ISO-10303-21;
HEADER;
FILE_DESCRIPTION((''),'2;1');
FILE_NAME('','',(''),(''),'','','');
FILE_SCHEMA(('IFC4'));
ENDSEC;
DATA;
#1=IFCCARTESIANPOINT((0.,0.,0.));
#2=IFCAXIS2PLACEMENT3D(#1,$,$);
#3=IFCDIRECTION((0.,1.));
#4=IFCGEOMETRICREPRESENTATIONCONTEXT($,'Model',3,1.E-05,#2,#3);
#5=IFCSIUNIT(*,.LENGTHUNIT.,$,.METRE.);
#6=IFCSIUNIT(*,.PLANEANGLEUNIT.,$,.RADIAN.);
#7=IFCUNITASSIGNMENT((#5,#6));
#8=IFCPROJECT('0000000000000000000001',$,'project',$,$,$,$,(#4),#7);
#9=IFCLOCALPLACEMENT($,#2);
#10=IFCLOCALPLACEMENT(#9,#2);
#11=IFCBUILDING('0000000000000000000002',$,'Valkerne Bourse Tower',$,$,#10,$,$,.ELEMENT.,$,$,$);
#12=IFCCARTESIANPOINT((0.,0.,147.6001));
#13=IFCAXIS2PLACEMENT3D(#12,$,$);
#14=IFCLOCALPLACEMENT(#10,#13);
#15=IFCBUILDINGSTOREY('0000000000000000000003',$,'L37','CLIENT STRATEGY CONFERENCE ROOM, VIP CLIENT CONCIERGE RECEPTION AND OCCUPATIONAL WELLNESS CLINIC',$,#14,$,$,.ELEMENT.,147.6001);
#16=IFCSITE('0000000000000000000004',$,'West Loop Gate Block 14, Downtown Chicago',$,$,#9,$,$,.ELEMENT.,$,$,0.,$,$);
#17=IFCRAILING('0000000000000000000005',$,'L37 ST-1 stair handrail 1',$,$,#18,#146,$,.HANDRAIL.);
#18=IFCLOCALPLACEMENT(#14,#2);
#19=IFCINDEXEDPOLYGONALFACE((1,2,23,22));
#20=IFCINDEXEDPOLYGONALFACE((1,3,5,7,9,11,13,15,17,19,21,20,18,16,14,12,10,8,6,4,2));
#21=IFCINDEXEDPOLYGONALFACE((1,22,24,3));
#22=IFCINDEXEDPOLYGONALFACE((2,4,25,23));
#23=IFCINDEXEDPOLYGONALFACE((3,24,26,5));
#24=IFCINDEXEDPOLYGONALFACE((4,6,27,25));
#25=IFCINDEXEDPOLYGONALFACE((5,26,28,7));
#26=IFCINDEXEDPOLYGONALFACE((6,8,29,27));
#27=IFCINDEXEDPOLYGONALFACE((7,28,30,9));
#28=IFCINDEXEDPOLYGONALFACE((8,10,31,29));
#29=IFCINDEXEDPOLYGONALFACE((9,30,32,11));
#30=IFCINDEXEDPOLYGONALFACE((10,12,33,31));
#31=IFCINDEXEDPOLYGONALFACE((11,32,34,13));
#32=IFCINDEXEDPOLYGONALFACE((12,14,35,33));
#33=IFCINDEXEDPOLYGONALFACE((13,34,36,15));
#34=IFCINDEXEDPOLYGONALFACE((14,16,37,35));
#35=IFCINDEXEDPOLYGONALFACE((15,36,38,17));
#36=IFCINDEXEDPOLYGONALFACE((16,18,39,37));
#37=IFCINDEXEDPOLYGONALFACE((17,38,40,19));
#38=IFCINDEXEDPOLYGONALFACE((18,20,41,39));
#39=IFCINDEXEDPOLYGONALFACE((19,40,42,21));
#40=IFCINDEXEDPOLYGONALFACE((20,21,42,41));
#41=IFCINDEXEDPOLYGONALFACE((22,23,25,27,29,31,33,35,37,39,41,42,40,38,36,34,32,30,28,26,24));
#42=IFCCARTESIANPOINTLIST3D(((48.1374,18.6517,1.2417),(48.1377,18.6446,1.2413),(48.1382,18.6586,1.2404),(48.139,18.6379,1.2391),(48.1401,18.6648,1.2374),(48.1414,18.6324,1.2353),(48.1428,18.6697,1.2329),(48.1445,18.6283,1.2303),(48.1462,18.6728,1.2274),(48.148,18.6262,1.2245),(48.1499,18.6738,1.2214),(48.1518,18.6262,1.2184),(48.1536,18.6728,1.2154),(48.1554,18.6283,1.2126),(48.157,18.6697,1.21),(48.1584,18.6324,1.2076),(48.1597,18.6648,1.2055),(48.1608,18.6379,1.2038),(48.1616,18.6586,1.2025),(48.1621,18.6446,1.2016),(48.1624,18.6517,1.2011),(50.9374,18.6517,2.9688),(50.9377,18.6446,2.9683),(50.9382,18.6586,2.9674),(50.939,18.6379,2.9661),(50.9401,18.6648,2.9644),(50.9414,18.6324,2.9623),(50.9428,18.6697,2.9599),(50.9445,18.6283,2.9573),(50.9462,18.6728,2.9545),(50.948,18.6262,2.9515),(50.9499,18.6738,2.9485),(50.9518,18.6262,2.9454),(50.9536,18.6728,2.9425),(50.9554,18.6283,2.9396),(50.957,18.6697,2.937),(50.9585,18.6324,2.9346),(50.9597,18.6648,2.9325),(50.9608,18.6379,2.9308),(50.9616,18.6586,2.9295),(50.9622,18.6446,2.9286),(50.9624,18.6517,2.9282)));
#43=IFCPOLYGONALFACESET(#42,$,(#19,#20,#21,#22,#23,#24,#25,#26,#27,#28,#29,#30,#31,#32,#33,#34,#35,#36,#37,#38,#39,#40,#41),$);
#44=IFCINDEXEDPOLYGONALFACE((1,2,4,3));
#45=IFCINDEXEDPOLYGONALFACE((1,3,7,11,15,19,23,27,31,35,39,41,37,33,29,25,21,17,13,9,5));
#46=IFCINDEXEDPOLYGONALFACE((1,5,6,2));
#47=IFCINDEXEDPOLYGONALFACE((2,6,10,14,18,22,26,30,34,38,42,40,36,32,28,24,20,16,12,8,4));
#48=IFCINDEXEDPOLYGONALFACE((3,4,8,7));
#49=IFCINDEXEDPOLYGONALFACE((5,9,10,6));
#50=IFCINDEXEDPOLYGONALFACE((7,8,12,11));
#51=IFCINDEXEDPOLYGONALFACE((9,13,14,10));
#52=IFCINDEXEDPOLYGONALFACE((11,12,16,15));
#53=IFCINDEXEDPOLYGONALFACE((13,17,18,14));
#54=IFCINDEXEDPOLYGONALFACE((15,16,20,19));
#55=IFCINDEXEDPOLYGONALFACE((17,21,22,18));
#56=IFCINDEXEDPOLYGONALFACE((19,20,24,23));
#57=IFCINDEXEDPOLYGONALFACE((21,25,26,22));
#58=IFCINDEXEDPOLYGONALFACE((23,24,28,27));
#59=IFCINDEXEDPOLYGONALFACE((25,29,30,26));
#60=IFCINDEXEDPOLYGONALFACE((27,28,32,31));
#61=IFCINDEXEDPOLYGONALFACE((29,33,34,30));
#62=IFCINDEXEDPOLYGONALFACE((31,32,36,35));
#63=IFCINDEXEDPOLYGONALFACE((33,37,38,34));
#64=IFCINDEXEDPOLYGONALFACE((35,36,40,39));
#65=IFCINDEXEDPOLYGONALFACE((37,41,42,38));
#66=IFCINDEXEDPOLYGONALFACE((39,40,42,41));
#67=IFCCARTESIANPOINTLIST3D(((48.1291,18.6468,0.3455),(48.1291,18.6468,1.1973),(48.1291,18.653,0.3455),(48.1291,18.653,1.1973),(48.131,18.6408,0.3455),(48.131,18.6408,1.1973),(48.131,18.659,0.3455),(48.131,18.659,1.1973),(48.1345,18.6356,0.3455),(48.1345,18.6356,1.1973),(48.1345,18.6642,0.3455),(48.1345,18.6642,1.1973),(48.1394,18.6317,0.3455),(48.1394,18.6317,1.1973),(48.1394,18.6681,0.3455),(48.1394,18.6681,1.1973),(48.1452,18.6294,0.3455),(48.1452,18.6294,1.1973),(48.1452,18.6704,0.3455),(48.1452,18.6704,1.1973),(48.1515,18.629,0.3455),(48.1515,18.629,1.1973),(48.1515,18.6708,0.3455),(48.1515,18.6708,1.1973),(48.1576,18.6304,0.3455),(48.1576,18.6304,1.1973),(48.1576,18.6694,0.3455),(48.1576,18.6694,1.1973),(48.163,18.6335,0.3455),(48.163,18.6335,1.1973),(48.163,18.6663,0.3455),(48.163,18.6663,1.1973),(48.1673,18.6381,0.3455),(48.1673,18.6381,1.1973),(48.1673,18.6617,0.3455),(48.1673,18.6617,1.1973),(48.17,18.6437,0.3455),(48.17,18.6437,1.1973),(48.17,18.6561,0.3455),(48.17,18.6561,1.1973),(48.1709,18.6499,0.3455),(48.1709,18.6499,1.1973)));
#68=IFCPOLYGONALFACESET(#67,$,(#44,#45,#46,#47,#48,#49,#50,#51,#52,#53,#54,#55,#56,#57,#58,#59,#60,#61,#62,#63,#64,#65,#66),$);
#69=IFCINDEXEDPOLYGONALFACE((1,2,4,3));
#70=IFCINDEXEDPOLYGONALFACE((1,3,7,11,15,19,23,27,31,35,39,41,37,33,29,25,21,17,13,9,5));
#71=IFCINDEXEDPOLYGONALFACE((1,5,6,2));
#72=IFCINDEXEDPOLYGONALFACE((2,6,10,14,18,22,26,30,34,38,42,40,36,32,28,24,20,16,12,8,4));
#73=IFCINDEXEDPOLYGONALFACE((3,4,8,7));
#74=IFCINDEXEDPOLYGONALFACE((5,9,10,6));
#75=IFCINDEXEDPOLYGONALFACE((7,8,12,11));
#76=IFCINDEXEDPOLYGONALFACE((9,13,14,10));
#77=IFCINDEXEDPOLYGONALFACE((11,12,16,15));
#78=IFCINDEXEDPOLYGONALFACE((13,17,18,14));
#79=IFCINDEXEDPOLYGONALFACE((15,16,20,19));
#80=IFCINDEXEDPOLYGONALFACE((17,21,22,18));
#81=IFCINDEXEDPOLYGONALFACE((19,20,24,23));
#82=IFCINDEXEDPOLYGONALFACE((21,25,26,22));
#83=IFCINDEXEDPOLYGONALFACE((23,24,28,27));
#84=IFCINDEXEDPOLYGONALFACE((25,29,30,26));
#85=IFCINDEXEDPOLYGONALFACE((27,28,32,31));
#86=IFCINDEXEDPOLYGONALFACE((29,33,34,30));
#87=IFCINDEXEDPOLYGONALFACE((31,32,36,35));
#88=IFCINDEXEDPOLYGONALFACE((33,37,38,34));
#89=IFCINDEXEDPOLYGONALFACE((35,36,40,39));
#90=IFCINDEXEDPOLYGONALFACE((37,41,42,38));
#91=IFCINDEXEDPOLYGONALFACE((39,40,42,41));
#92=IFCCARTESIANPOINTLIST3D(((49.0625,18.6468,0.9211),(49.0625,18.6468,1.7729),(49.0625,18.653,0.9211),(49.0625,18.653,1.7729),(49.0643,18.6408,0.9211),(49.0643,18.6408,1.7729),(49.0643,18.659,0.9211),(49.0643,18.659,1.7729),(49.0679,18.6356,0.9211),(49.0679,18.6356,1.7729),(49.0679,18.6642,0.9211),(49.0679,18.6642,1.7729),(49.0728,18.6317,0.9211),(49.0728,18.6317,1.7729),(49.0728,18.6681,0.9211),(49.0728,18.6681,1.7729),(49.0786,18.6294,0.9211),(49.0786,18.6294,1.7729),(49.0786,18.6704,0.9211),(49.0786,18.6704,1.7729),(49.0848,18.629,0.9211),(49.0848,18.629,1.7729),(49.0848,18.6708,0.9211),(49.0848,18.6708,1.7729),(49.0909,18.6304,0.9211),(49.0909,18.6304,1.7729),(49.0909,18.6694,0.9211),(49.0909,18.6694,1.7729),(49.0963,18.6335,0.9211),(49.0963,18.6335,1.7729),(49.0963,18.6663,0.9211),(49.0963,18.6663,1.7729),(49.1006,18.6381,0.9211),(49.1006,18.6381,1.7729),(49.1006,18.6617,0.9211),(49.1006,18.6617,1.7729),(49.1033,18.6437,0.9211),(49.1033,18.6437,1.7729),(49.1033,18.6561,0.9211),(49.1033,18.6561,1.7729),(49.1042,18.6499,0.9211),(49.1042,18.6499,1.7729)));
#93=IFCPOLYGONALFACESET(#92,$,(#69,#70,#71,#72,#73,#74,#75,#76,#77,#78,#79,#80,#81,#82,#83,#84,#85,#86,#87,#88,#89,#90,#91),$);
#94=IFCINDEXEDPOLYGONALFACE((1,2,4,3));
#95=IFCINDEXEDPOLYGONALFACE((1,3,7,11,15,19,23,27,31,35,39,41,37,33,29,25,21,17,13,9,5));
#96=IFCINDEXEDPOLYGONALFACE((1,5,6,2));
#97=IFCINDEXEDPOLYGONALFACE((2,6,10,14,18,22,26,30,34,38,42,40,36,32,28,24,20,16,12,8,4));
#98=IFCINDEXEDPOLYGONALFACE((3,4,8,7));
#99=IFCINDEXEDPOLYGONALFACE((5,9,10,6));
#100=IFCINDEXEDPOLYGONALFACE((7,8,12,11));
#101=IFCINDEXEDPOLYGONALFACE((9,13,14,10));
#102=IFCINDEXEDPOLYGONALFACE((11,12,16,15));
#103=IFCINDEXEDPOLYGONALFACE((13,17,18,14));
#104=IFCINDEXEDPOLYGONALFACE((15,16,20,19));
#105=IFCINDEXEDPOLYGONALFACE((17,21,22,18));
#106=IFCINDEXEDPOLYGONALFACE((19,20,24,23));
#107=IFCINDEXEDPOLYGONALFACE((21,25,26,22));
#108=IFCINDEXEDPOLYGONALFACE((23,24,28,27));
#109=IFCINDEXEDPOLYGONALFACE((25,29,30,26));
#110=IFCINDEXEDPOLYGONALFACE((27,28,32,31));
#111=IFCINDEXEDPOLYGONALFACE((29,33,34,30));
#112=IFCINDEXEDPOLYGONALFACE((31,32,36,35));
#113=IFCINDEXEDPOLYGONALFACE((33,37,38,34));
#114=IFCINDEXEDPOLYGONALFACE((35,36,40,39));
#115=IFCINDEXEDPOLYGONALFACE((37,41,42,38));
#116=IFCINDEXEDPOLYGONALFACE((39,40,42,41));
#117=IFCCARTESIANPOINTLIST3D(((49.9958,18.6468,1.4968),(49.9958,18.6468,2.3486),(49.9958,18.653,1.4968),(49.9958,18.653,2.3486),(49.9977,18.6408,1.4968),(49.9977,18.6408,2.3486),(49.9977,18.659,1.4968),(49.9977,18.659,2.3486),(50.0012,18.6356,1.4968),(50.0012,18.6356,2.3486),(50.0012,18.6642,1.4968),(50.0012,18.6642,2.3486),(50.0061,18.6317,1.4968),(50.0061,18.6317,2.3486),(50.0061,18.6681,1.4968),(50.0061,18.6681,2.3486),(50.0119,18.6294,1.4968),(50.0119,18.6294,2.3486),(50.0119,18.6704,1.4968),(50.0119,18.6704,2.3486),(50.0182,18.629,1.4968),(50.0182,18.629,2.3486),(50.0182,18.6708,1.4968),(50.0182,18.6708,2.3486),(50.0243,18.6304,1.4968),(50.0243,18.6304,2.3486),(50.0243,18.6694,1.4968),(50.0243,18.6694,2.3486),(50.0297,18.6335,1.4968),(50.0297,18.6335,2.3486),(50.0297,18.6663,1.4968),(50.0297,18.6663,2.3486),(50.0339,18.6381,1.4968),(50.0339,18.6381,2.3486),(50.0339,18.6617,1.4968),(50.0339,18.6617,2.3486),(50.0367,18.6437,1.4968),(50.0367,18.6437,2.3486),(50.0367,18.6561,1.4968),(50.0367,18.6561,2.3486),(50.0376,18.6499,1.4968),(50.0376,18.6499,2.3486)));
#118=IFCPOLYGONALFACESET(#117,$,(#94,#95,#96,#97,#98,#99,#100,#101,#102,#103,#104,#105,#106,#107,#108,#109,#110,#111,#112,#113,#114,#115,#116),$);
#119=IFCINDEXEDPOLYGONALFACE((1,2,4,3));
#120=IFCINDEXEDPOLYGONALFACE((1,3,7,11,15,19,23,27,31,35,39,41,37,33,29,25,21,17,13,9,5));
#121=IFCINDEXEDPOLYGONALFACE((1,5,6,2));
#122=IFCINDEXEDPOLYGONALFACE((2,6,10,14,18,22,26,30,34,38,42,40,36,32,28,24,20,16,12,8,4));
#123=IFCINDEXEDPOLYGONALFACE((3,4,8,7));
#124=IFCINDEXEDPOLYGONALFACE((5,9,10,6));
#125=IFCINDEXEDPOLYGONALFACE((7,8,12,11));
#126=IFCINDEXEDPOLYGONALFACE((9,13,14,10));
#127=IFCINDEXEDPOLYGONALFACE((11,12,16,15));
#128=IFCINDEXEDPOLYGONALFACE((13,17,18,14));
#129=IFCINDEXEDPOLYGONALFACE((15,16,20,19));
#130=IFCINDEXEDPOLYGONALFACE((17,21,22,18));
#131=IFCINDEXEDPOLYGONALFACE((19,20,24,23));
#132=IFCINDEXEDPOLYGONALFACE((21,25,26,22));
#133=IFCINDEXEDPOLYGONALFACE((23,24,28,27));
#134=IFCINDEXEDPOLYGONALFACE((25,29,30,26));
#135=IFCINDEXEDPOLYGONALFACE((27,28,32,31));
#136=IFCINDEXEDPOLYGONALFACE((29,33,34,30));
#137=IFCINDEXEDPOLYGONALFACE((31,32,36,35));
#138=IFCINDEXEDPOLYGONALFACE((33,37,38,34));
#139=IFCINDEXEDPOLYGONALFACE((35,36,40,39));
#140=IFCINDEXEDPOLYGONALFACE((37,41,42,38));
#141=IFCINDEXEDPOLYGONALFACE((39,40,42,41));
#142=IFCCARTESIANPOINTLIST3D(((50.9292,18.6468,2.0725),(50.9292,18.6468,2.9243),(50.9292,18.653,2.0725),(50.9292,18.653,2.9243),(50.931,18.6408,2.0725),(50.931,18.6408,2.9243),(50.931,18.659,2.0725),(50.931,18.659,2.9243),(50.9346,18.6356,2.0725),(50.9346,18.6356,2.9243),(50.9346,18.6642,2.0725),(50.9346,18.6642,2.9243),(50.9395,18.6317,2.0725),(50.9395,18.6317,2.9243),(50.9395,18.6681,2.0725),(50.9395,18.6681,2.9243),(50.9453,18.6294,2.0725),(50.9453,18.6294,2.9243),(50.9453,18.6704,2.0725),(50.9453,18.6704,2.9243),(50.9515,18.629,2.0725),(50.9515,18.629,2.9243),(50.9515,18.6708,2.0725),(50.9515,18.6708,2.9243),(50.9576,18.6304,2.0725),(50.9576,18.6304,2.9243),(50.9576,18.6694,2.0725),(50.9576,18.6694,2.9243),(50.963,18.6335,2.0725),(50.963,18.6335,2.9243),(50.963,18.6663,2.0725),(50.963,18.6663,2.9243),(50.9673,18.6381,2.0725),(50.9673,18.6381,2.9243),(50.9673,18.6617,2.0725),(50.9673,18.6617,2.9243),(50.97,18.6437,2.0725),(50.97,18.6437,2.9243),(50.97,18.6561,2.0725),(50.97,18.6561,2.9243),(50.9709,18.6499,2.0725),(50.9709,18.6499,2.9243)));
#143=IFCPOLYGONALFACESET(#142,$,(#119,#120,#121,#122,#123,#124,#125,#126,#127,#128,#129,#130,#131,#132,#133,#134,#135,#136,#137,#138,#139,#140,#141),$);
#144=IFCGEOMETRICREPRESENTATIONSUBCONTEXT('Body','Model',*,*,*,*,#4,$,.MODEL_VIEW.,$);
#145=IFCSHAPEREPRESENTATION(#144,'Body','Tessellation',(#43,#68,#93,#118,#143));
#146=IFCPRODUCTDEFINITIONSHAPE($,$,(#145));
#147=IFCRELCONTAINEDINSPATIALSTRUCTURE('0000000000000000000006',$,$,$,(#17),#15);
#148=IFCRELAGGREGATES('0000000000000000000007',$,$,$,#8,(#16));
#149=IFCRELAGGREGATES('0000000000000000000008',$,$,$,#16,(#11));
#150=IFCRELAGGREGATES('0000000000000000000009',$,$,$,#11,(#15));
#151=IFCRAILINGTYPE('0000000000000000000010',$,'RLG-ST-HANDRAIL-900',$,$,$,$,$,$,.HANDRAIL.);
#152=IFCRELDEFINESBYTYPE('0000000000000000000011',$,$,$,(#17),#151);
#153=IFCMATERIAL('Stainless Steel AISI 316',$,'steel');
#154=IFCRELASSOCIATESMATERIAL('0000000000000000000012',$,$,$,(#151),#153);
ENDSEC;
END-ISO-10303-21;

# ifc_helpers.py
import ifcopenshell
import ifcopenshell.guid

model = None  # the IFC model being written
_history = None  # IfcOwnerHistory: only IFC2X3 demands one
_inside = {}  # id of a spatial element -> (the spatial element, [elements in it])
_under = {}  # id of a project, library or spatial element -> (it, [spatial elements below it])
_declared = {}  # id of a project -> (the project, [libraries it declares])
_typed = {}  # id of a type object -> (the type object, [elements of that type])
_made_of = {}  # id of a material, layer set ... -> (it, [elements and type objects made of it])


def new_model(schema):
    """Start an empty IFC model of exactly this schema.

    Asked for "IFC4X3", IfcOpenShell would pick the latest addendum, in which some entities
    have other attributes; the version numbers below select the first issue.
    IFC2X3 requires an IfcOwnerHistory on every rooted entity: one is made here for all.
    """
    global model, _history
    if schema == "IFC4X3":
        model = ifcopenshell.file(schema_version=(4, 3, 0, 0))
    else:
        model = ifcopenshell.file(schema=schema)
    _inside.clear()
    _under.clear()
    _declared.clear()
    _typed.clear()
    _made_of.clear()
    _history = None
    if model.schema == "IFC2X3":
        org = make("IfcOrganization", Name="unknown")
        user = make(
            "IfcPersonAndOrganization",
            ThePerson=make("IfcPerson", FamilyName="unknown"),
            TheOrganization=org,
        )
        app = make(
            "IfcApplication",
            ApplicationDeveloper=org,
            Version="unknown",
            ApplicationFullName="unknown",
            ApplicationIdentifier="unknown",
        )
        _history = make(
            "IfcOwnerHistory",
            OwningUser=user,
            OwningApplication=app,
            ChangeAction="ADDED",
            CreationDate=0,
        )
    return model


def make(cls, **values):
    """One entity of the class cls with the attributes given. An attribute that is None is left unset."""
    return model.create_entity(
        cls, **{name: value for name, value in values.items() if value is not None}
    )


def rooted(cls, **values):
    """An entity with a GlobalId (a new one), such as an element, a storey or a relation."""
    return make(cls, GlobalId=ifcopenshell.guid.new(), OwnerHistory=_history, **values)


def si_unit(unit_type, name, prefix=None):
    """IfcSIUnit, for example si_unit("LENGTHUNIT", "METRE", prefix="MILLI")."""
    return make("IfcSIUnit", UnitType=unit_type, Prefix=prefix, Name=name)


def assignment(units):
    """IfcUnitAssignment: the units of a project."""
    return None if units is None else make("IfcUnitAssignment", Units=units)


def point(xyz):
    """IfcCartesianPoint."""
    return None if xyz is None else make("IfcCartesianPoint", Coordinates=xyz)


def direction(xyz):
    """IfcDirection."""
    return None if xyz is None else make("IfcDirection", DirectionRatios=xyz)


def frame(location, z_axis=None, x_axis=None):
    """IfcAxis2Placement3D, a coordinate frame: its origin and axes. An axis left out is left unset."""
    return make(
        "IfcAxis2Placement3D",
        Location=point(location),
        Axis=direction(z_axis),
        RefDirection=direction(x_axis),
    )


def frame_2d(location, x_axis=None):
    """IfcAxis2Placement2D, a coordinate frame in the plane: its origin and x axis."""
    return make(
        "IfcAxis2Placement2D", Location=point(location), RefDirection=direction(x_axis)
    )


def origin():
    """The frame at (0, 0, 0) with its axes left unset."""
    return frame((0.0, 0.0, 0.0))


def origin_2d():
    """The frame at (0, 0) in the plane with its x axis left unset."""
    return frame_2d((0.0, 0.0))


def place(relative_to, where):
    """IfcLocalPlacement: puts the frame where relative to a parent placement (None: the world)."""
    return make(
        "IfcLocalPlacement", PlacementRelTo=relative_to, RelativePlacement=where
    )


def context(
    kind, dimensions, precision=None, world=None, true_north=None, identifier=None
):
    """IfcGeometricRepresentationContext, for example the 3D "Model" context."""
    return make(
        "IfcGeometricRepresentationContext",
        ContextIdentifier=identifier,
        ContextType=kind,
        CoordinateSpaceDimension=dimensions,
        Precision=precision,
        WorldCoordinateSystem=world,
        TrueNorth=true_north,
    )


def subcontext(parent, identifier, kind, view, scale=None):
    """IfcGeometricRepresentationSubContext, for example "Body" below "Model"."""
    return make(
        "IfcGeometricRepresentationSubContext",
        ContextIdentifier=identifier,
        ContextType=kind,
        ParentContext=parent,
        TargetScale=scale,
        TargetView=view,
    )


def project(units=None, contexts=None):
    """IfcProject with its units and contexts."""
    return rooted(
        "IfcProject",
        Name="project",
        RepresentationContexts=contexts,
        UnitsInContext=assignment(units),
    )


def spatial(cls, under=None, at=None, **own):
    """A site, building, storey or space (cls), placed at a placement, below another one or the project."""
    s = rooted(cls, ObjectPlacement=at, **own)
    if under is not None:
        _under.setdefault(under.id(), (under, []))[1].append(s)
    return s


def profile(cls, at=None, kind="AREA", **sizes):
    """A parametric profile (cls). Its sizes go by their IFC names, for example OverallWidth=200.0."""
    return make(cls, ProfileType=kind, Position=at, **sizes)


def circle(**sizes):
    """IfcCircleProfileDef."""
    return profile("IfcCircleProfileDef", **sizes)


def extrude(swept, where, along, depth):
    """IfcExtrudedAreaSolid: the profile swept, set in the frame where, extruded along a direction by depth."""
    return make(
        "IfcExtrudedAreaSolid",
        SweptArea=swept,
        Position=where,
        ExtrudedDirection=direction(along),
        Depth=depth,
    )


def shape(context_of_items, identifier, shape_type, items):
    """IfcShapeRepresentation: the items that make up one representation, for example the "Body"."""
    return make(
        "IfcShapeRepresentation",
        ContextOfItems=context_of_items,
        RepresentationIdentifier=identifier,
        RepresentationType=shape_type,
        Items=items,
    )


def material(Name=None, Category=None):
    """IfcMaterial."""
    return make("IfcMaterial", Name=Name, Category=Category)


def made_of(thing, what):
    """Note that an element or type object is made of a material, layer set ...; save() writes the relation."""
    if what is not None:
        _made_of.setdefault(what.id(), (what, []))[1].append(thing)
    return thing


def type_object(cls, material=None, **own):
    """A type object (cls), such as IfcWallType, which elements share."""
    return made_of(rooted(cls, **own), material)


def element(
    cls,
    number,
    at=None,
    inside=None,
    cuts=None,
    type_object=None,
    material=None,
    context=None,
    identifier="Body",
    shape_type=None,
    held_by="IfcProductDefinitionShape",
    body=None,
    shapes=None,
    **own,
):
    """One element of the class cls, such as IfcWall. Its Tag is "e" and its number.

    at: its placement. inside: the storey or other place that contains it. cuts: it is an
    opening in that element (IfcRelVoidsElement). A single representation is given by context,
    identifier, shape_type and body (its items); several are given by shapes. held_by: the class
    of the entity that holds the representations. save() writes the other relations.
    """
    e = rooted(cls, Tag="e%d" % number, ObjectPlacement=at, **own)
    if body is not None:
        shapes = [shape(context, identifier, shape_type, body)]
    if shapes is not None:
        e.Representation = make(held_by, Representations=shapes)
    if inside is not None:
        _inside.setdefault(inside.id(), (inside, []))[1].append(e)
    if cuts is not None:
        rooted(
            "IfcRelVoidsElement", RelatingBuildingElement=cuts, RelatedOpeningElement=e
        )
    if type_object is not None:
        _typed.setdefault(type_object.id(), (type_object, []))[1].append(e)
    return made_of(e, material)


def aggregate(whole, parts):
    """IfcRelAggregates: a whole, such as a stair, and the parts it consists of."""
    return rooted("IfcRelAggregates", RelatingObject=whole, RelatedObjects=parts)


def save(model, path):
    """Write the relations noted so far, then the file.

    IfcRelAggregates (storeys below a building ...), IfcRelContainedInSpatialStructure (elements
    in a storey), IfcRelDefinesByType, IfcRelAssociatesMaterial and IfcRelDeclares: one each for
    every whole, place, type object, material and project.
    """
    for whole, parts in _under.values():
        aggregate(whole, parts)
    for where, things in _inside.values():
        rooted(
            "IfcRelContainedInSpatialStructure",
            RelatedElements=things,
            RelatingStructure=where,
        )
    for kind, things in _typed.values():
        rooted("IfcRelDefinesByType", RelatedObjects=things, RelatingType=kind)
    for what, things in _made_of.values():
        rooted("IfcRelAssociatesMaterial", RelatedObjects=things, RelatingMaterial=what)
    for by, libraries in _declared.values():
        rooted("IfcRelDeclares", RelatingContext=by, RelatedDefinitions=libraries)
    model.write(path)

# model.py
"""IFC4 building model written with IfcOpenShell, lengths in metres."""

from ifc_helpers import new_model, si_unit, direction, frame, origin, origin_2d, place, context, subcontext, project, spatial, circle, extrude, material, type_object, element, save


model = new_model("IFC4")

# Units and contexts
model_context = context("Model", 3, precision=1e-05, world=origin(), true_north=direction((0.0, 1.0)))
body_context = subcontext(model_context, "Body", "Model", "MODEL_VIEW")
ifc_project = project(units=[si_unit("LENGTHUNIT", "METRE"), si_unit("PLANEANGLEUNIT", "RADIAN")], contexts=[model_context])

# Site, building, storey
site_placement = place(None, origin())
site = spatial("IfcSite", under=ifc_project, at=site_placement, Name="West Loop Gate Block 14, Downtown Chicago", CompositionType="ELEMENT", RefElevation=0.0)
building_placement = place(site_placement, origin())
building = spatial("IfcBuilding", under=site, at=building_placement, Name="Valkerne Bourse Tower", CompositionType="ELEMENT")
storey_placement = place(building_placement, frame((0.0, 0.0, 147.6001)))
storey = spatial("IfcBuildingStorey", under=building, at=storey_placement, Name="L37", Description="CLIENT STRATEGY CONFERENCE ROOM, VIP CLIENT CONCIERGE RECEPTION AND OCCUPATIONAL WELLNESS CLINIC", CompositionType="ELEMENT", Elevation=147.6001)

# Shared definitions
ifc_material_1 = material(Name="Stainless Steel AISI 316", Category="steel")

# Railing
railing_type_1 = type_object("IfcRailingType", Name="RLG-ST-HANDRAIL-900", PredefinedType="HANDRAIL", material=ifc_material_1)
railing_1_placement = place(storey_placement, frame((48.1499, 18.6499, 0.3455)))
element("IfcRailing", 1, at=railing_1_placement, inside=storey, type_object=railing_type_1, Name="L37 ST-1 stair handrail 1", PredefinedType="HANDRAIL", context=body_context, shape_type="SweptSolid", body=[
    extrude(circle(Radius=0.0239, at=origin_2d()), frame((0.0, 0.0, 0.876), z_axis=(0.851123, 0.0, 0.524967), x_axis=(0.0, 1.0, 0.0)), (0.0, 0.0, 1.0), 3.2898),
    extrude(circle(Radius=0.021, at=origin_2d()), origin(), (0.0, 0.0, 1.0), 0.8518),
    extrude(circle(Radius=0.021, at=origin_2d()), frame((0.9333, 0.0, 0.5757)), (0.0, 0.0, 1.0), 0.8518),
    extrude(circle(Radius=0.021, at=origin_2d()), frame((1.8667, 0.0, 1.1514)), (0.0, 0.0, 1.0), 0.8518),
    extrude(circle(Radius=0.021, at=origin_2d()), frame((2.8, 0.0, 1.7271)), (0.0, 0.0, 1.0), 0.8518),
])

save(model, "model.ifc")
